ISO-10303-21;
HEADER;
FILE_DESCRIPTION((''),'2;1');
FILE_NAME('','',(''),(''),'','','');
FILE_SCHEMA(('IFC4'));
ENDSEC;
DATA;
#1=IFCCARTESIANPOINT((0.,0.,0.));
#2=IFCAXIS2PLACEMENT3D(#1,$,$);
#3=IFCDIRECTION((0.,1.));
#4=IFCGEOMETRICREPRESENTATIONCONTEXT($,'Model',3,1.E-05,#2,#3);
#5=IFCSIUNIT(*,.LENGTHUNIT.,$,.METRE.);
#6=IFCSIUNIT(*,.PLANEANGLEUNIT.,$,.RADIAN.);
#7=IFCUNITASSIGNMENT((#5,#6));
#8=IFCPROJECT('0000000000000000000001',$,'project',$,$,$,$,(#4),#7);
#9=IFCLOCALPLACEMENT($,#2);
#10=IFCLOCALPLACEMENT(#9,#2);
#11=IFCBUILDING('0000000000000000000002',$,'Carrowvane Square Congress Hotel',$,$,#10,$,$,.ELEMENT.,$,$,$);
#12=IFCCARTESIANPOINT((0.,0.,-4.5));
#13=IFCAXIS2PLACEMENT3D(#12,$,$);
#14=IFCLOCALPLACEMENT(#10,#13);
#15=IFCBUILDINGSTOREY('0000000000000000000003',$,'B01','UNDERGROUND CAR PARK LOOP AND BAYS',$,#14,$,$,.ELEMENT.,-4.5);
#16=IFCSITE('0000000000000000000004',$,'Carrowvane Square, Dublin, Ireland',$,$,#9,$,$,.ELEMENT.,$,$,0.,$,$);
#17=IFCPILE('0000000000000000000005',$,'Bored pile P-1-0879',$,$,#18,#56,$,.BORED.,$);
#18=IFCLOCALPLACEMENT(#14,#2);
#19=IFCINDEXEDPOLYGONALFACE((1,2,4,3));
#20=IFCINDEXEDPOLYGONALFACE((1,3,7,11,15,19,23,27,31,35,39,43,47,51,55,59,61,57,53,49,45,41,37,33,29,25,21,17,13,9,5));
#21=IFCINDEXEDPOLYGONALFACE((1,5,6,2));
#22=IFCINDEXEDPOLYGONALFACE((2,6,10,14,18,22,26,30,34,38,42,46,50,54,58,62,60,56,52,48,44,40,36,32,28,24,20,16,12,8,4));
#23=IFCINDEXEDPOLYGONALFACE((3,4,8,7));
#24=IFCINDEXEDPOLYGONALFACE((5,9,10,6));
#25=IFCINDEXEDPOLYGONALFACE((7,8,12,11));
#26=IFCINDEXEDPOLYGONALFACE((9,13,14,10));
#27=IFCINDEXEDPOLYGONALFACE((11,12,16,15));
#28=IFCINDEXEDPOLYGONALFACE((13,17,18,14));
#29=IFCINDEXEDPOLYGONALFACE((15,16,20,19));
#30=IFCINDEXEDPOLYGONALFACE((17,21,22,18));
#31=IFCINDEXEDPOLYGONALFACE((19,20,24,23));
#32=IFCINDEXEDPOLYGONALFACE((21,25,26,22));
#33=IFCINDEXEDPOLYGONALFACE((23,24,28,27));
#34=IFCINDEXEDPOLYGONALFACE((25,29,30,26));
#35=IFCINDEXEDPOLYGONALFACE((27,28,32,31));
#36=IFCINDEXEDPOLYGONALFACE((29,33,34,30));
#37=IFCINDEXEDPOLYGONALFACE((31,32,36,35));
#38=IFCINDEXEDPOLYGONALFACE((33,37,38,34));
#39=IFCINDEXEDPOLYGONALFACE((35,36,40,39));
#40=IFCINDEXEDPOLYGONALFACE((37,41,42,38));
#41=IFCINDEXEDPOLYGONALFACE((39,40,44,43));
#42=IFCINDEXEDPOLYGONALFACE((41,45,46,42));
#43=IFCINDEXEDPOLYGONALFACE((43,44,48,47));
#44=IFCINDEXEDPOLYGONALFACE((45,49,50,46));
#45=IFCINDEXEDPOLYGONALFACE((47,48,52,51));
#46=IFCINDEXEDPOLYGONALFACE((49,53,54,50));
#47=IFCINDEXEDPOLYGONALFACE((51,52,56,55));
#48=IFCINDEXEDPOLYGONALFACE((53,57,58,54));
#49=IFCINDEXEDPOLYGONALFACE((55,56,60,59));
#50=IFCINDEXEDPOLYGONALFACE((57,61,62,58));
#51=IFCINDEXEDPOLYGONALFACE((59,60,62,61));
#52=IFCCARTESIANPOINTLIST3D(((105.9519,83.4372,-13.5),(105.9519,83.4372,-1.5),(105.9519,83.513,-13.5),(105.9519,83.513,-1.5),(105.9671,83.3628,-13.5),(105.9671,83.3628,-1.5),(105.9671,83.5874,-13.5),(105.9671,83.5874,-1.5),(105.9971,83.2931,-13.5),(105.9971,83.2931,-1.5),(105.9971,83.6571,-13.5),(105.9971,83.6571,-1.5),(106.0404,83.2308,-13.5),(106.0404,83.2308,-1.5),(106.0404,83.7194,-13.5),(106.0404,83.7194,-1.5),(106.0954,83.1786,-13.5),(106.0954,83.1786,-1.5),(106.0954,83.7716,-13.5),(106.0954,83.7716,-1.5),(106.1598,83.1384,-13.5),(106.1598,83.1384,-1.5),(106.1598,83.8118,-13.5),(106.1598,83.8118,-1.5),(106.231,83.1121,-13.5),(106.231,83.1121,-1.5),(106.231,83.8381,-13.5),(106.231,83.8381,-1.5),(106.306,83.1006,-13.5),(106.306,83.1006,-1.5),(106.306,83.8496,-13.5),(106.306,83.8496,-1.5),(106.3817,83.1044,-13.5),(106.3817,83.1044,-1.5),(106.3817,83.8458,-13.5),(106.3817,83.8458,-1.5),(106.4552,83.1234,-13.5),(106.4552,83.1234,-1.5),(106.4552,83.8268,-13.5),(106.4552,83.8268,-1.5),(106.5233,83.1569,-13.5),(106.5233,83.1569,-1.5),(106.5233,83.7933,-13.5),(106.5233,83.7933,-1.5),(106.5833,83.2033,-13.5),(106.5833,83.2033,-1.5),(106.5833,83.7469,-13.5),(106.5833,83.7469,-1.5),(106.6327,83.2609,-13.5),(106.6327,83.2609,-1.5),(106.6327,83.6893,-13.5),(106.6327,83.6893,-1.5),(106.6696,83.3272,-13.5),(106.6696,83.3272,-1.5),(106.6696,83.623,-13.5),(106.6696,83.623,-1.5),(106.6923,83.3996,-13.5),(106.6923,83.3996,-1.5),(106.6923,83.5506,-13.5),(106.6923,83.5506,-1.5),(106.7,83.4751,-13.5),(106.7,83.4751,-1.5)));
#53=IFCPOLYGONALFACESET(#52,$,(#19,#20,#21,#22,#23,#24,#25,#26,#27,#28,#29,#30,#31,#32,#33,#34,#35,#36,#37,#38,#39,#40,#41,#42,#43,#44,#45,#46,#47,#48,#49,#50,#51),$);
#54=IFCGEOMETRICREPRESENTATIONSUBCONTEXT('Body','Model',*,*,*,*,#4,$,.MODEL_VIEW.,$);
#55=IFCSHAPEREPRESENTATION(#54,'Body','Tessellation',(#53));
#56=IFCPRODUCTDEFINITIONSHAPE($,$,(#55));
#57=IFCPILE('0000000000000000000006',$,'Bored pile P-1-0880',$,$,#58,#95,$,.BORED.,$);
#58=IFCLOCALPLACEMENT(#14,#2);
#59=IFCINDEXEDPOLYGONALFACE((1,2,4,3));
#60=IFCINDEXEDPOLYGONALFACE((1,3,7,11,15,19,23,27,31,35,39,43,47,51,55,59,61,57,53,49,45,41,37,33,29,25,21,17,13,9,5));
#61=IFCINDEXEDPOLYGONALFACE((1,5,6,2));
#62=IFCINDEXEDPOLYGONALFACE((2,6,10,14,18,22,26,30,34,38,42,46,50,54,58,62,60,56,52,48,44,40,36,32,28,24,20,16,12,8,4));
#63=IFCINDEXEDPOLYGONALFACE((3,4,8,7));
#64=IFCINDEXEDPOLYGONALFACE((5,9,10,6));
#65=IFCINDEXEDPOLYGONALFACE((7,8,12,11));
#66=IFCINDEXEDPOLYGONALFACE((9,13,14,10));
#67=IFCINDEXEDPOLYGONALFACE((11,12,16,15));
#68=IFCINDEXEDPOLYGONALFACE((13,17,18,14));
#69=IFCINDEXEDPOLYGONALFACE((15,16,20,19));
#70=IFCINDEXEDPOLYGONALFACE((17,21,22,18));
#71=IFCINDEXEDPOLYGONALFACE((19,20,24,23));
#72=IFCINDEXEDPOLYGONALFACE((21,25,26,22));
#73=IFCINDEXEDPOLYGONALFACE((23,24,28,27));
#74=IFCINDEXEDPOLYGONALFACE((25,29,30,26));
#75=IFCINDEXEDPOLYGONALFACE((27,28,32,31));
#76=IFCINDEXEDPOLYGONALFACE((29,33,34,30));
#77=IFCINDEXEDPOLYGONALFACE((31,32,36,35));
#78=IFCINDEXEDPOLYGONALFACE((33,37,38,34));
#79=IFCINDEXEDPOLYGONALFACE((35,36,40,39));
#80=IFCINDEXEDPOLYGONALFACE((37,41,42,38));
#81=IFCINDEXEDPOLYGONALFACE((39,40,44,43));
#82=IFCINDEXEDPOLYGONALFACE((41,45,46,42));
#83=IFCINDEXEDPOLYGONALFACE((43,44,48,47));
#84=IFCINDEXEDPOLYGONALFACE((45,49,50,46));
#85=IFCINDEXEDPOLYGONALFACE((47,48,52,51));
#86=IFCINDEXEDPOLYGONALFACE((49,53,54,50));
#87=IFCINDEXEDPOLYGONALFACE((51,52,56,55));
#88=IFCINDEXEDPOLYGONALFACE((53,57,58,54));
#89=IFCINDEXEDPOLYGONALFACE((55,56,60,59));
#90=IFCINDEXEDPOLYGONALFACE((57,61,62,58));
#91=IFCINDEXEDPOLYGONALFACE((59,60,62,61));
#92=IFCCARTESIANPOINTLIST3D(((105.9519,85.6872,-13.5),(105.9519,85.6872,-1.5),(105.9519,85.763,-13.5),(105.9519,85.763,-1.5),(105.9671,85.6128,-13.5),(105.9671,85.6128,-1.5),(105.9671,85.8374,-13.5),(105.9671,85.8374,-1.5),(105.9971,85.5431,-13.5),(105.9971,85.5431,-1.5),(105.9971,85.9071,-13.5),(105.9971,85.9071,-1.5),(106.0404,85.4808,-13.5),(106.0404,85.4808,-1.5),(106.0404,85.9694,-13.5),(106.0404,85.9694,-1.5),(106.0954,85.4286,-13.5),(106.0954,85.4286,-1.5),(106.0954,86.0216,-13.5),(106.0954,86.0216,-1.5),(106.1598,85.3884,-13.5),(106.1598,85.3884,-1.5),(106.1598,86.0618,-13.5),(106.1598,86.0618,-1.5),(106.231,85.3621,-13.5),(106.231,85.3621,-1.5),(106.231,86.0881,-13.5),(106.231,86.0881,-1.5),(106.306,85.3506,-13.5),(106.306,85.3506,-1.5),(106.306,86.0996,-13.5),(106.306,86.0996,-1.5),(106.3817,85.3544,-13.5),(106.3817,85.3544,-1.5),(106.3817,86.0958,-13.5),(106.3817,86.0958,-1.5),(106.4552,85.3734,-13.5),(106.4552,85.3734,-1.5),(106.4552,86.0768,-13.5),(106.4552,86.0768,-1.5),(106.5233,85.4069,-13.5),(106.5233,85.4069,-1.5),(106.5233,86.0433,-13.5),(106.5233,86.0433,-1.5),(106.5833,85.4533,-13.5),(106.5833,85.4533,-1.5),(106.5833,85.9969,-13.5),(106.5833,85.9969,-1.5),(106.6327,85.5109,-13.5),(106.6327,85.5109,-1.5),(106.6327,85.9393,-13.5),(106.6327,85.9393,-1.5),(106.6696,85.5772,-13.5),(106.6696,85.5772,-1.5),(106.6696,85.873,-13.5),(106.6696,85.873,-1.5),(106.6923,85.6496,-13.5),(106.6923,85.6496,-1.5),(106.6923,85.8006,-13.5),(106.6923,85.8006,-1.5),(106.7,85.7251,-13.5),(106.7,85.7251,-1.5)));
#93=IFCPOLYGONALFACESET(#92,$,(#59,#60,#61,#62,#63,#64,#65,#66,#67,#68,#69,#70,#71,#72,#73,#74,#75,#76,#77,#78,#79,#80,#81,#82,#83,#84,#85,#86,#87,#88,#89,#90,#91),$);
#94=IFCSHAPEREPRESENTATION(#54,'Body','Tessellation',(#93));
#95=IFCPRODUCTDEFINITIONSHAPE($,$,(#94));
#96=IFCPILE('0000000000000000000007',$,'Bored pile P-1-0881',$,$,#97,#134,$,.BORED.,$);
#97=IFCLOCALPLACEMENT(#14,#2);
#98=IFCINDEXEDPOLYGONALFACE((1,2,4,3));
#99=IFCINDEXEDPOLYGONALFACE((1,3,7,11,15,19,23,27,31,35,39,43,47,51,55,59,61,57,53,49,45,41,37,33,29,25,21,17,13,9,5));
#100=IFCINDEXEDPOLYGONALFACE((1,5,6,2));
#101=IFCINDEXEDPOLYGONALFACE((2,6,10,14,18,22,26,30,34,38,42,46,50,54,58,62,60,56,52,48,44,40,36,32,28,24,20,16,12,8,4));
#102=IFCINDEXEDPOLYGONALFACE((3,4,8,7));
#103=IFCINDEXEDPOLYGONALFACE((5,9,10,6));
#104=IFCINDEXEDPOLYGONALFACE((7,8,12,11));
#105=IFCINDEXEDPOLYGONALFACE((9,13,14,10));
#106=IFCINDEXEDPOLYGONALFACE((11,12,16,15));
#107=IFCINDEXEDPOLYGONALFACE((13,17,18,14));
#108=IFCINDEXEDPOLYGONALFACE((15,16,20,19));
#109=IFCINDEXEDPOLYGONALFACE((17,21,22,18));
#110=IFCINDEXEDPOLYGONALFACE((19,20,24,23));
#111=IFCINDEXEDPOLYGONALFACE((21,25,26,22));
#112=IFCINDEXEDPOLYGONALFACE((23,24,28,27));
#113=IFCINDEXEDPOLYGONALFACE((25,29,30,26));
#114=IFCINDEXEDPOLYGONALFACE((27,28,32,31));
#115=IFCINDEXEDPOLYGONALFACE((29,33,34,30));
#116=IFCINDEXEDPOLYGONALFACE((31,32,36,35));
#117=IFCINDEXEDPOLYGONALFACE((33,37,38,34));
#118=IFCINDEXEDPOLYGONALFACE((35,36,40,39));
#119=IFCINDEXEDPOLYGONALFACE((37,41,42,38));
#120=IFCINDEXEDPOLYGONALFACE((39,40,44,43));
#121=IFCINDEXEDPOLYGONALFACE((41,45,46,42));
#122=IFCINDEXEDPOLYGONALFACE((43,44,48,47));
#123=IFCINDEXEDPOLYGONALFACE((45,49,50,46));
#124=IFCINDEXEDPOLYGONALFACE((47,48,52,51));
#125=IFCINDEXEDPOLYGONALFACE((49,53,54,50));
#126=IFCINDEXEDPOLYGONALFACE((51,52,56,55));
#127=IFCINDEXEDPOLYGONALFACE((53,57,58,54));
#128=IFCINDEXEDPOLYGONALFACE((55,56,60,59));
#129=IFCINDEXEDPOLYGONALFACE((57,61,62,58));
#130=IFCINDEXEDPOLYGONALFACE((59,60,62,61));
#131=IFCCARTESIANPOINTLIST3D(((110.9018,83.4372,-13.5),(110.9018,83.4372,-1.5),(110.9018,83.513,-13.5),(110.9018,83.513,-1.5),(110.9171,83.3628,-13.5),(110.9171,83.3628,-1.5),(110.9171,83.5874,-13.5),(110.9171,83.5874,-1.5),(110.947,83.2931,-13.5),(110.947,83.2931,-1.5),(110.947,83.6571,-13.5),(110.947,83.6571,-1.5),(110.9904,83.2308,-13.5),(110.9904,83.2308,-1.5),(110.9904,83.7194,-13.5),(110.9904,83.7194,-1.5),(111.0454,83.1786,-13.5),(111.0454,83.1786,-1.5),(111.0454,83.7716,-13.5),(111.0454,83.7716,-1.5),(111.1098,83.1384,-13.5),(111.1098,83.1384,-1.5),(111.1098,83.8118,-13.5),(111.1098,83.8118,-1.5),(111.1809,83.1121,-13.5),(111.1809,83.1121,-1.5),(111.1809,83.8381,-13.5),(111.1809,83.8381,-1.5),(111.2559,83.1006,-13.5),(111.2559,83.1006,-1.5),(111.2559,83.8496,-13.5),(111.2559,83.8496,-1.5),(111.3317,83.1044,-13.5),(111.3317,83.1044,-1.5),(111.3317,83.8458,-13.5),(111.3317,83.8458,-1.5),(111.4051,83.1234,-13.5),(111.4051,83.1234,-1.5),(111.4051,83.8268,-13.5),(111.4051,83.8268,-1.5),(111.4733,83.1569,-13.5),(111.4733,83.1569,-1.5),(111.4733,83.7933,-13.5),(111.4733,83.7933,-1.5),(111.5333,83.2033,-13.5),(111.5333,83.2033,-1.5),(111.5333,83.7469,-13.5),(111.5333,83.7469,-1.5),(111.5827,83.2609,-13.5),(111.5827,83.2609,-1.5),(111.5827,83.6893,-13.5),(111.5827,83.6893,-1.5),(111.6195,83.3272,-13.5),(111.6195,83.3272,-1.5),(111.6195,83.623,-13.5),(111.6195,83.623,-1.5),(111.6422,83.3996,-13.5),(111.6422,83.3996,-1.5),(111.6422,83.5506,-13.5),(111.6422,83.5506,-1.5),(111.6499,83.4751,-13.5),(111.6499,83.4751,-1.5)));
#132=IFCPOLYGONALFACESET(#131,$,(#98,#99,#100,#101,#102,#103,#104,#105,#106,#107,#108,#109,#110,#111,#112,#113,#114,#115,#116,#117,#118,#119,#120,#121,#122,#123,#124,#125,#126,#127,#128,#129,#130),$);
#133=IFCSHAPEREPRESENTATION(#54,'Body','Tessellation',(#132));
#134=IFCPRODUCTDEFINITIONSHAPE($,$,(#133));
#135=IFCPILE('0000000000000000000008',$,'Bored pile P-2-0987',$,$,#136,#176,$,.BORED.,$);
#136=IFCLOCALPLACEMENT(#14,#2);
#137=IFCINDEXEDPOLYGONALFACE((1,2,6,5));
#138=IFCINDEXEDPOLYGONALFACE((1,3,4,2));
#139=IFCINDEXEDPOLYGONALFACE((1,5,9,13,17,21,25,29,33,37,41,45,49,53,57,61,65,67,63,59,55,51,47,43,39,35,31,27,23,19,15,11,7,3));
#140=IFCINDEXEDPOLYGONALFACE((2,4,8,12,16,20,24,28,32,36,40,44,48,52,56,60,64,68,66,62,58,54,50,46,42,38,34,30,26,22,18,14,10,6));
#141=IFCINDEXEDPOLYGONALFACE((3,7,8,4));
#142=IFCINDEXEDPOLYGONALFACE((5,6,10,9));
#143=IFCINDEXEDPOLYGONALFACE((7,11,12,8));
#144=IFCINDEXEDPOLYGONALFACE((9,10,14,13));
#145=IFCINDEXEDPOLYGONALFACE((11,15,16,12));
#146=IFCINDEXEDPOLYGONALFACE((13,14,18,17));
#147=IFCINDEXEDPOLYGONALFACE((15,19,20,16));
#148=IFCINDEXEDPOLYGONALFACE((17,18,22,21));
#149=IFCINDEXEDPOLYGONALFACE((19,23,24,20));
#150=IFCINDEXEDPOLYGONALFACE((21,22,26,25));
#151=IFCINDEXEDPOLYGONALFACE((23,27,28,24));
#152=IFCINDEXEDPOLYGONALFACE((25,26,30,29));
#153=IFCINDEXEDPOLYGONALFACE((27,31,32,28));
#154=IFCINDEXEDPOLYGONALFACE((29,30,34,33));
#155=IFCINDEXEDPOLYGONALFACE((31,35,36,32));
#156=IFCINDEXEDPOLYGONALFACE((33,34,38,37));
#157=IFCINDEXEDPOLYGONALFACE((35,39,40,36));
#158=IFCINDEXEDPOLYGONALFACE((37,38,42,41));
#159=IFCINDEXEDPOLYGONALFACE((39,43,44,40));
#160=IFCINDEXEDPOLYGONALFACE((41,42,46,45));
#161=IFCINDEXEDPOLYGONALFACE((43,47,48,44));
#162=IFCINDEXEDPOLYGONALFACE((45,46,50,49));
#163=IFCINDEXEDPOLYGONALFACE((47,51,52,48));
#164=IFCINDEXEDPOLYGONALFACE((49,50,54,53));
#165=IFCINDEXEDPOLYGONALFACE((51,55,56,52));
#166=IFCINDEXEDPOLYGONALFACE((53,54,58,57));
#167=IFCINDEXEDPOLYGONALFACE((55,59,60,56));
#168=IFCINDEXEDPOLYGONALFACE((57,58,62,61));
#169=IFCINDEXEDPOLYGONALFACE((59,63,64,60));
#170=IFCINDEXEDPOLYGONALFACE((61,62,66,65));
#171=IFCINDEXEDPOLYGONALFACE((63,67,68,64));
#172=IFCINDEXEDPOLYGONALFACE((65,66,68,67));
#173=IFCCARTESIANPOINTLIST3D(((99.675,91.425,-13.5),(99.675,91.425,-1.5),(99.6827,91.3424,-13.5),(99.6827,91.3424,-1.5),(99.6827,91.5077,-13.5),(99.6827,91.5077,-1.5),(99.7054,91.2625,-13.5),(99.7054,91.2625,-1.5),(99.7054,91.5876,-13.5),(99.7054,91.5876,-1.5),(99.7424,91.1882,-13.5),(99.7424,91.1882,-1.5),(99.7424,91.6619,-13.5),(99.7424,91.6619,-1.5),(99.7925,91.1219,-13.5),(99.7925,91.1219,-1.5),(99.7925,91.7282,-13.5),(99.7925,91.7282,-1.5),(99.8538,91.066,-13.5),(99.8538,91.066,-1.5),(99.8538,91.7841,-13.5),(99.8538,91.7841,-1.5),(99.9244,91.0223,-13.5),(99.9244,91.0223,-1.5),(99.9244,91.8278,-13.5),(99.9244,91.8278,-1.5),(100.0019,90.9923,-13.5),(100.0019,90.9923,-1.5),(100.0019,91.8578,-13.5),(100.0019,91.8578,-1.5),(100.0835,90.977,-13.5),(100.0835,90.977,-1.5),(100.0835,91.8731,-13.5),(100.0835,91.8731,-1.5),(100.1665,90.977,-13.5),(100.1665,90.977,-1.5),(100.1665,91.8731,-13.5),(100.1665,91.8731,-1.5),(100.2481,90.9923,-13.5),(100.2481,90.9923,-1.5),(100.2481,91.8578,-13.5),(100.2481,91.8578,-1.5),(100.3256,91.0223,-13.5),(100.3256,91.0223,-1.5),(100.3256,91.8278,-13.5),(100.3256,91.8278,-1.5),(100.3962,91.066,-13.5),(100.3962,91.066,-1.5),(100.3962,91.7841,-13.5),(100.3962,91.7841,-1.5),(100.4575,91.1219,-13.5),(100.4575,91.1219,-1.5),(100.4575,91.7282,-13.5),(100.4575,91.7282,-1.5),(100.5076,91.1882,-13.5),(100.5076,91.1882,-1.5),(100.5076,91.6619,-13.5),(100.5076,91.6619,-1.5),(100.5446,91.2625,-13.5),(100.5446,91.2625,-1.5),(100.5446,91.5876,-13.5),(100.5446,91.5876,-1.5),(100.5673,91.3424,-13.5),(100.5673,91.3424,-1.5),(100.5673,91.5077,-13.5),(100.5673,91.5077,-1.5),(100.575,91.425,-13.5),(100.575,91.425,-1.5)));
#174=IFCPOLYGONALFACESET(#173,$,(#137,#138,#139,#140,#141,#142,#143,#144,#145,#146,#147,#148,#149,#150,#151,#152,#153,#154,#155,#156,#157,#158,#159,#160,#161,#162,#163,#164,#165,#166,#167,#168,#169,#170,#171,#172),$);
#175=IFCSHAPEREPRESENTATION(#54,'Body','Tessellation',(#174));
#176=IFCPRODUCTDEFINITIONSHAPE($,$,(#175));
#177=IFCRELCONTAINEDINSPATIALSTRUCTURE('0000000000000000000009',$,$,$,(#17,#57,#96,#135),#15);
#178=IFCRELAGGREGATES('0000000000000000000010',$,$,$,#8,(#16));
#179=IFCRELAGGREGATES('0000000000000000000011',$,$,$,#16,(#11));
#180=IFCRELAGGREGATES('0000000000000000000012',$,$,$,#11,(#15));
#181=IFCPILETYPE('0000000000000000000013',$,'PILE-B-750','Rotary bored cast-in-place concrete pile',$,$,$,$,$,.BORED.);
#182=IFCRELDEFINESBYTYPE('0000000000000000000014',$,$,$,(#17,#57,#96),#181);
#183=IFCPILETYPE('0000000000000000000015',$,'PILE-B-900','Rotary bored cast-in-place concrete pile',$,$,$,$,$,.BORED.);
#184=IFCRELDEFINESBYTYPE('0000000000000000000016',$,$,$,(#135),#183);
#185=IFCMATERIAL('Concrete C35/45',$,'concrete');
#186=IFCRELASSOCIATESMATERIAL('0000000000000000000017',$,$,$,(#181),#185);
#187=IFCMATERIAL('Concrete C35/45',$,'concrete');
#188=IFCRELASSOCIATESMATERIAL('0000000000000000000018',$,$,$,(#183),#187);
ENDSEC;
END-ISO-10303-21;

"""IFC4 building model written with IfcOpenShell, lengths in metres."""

from ifc_helpers import new_model, si_unit, direction, frame, origin, origin_2d, place, context, subcontext, project, spatial, circle, extrude, material, material_profile, profile_set, type_object, element, save


model = new_model("IFC4")

# Units and contexts
model_context = context("Model", 3, precision=1e-05, world=origin(), true_north=direction((0.0, 1.0)))
body_context = subcontext(model_context, "Body", "Model", "MODEL_VIEW")
ifc_project = project(units=[si_unit("LENGTHUNIT", "METRE"), si_unit("PLANEANGLEUNIT", "RADIAN")], contexts=[model_context])

# Site, building, storey
site_placement = place(None, origin())
site = spatial("IfcSite", under=ifc_project, at=site_placement, Name="Carrowvane Square, Dublin, Ireland", CompositionType="ELEMENT", RefElevation=0.0)
building_placement = place(site_placement, origin())
building = spatial("IfcBuilding", under=site, at=building_placement, Name="Carrowvane Square Congress Hotel", CompositionType="ELEMENT")
storey_placement = place(building_placement, frame((0.0, 0.0, -4.5)))
storey = spatial("IfcBuildingStorey", under=building, at=storey_placement, Name="B01", Description="UNDERGROUND CAR PARK LOOP AND BAYS", CompositionType="ELEMENT", Elevation=-4.5)

# Piles
ifc_material_1 = material(Name="Concrete C35/45", Category="concrete")
ifc_material_profile_1 = material_profile(ifc_material_1, circle(Radius=0.375, at=origin_2d()), Name="PILE D750")
ifc_profile_set_1 = profile_set([ifc_material_profile_1], Name="Concrete C35/45")
pile_type_1 = type_object("IfcPileType", Name="PILE-B-750", Description="Rotary bored cast-in-place concrete pile", PredefinedType="BORED", material=ifc_profile_set_1)
for number, where, z_axis, x_axis, name in (
    (1, (106.325, 83.4751, -1.5), (0.0, 0.0, -1.0), (1.0, 0.0, 0.0), "Bored pile P-1-0879"),
    (2, (106.325, 85.7251, -1.5), (0.0, 0.0, -1.0), (1.0, 0.0, 0.0), "Bored pile P-1-0880"),
    (3, (111.2749, 83.4751, -1.5), (0.0, 0.0, -1.0), (1.0, 0.0, 0.0), "Bored pile P-1-0881"),
):
    element("IfcPile", number, at=place(storey_placement, frame(where, z_axis=z_axis, x_axis=x_axis)), inside=storey, type_object=pile_type_1, Name=name, PredefinedType="BORED", context=body_context, shape_type="SweptSolid", body=[
        extrude(circle(Radius=0.375, at=origin_2d()), origin(), (0.0, 0.0, 1.0), 12.0),
    ])
ifc_material_2 = material(Name="Concrete C35/45", Category="concrete")
ifc_material_profile_2 = material_profile(ifc_material_2, circle(Radius=0.45, at=origin_2d()), Name="PILE D900")
ifc_profile_set_2 = profile_set([ifc_material_profile_2], Name="Concrete C35/45")
pile_type_2 = type_object("IfcPileType", Name="PILE-B-900", Description="Rotary bored cast-in-place concrete pile", PredefinedType="BORED", material=ifc_profile_set_2)
for number, where, z_axis, x_axis, name in (
    (4, (100.125, 91.425, -1.5), (0.0, 0.0, -1.0), (1.0, 0.0, 0.0), "Bored pile P-2-0987"),
):
    element("IfcPile", number, at=place(storey_placement, frame(where, z_axis=z_axis, x_axis=x_axis)), inside=storey, type_object=pile_type_2, Name=name, PredefinedType="BORED", context=body_context, shape_type="SweptSolid", body=[
        extrude(circle(Radius=0.45, at=origin_2d()), origin(), (0.0, 0.0, 1.0), 12.0),
    ])

save(model, "model.ifc")
